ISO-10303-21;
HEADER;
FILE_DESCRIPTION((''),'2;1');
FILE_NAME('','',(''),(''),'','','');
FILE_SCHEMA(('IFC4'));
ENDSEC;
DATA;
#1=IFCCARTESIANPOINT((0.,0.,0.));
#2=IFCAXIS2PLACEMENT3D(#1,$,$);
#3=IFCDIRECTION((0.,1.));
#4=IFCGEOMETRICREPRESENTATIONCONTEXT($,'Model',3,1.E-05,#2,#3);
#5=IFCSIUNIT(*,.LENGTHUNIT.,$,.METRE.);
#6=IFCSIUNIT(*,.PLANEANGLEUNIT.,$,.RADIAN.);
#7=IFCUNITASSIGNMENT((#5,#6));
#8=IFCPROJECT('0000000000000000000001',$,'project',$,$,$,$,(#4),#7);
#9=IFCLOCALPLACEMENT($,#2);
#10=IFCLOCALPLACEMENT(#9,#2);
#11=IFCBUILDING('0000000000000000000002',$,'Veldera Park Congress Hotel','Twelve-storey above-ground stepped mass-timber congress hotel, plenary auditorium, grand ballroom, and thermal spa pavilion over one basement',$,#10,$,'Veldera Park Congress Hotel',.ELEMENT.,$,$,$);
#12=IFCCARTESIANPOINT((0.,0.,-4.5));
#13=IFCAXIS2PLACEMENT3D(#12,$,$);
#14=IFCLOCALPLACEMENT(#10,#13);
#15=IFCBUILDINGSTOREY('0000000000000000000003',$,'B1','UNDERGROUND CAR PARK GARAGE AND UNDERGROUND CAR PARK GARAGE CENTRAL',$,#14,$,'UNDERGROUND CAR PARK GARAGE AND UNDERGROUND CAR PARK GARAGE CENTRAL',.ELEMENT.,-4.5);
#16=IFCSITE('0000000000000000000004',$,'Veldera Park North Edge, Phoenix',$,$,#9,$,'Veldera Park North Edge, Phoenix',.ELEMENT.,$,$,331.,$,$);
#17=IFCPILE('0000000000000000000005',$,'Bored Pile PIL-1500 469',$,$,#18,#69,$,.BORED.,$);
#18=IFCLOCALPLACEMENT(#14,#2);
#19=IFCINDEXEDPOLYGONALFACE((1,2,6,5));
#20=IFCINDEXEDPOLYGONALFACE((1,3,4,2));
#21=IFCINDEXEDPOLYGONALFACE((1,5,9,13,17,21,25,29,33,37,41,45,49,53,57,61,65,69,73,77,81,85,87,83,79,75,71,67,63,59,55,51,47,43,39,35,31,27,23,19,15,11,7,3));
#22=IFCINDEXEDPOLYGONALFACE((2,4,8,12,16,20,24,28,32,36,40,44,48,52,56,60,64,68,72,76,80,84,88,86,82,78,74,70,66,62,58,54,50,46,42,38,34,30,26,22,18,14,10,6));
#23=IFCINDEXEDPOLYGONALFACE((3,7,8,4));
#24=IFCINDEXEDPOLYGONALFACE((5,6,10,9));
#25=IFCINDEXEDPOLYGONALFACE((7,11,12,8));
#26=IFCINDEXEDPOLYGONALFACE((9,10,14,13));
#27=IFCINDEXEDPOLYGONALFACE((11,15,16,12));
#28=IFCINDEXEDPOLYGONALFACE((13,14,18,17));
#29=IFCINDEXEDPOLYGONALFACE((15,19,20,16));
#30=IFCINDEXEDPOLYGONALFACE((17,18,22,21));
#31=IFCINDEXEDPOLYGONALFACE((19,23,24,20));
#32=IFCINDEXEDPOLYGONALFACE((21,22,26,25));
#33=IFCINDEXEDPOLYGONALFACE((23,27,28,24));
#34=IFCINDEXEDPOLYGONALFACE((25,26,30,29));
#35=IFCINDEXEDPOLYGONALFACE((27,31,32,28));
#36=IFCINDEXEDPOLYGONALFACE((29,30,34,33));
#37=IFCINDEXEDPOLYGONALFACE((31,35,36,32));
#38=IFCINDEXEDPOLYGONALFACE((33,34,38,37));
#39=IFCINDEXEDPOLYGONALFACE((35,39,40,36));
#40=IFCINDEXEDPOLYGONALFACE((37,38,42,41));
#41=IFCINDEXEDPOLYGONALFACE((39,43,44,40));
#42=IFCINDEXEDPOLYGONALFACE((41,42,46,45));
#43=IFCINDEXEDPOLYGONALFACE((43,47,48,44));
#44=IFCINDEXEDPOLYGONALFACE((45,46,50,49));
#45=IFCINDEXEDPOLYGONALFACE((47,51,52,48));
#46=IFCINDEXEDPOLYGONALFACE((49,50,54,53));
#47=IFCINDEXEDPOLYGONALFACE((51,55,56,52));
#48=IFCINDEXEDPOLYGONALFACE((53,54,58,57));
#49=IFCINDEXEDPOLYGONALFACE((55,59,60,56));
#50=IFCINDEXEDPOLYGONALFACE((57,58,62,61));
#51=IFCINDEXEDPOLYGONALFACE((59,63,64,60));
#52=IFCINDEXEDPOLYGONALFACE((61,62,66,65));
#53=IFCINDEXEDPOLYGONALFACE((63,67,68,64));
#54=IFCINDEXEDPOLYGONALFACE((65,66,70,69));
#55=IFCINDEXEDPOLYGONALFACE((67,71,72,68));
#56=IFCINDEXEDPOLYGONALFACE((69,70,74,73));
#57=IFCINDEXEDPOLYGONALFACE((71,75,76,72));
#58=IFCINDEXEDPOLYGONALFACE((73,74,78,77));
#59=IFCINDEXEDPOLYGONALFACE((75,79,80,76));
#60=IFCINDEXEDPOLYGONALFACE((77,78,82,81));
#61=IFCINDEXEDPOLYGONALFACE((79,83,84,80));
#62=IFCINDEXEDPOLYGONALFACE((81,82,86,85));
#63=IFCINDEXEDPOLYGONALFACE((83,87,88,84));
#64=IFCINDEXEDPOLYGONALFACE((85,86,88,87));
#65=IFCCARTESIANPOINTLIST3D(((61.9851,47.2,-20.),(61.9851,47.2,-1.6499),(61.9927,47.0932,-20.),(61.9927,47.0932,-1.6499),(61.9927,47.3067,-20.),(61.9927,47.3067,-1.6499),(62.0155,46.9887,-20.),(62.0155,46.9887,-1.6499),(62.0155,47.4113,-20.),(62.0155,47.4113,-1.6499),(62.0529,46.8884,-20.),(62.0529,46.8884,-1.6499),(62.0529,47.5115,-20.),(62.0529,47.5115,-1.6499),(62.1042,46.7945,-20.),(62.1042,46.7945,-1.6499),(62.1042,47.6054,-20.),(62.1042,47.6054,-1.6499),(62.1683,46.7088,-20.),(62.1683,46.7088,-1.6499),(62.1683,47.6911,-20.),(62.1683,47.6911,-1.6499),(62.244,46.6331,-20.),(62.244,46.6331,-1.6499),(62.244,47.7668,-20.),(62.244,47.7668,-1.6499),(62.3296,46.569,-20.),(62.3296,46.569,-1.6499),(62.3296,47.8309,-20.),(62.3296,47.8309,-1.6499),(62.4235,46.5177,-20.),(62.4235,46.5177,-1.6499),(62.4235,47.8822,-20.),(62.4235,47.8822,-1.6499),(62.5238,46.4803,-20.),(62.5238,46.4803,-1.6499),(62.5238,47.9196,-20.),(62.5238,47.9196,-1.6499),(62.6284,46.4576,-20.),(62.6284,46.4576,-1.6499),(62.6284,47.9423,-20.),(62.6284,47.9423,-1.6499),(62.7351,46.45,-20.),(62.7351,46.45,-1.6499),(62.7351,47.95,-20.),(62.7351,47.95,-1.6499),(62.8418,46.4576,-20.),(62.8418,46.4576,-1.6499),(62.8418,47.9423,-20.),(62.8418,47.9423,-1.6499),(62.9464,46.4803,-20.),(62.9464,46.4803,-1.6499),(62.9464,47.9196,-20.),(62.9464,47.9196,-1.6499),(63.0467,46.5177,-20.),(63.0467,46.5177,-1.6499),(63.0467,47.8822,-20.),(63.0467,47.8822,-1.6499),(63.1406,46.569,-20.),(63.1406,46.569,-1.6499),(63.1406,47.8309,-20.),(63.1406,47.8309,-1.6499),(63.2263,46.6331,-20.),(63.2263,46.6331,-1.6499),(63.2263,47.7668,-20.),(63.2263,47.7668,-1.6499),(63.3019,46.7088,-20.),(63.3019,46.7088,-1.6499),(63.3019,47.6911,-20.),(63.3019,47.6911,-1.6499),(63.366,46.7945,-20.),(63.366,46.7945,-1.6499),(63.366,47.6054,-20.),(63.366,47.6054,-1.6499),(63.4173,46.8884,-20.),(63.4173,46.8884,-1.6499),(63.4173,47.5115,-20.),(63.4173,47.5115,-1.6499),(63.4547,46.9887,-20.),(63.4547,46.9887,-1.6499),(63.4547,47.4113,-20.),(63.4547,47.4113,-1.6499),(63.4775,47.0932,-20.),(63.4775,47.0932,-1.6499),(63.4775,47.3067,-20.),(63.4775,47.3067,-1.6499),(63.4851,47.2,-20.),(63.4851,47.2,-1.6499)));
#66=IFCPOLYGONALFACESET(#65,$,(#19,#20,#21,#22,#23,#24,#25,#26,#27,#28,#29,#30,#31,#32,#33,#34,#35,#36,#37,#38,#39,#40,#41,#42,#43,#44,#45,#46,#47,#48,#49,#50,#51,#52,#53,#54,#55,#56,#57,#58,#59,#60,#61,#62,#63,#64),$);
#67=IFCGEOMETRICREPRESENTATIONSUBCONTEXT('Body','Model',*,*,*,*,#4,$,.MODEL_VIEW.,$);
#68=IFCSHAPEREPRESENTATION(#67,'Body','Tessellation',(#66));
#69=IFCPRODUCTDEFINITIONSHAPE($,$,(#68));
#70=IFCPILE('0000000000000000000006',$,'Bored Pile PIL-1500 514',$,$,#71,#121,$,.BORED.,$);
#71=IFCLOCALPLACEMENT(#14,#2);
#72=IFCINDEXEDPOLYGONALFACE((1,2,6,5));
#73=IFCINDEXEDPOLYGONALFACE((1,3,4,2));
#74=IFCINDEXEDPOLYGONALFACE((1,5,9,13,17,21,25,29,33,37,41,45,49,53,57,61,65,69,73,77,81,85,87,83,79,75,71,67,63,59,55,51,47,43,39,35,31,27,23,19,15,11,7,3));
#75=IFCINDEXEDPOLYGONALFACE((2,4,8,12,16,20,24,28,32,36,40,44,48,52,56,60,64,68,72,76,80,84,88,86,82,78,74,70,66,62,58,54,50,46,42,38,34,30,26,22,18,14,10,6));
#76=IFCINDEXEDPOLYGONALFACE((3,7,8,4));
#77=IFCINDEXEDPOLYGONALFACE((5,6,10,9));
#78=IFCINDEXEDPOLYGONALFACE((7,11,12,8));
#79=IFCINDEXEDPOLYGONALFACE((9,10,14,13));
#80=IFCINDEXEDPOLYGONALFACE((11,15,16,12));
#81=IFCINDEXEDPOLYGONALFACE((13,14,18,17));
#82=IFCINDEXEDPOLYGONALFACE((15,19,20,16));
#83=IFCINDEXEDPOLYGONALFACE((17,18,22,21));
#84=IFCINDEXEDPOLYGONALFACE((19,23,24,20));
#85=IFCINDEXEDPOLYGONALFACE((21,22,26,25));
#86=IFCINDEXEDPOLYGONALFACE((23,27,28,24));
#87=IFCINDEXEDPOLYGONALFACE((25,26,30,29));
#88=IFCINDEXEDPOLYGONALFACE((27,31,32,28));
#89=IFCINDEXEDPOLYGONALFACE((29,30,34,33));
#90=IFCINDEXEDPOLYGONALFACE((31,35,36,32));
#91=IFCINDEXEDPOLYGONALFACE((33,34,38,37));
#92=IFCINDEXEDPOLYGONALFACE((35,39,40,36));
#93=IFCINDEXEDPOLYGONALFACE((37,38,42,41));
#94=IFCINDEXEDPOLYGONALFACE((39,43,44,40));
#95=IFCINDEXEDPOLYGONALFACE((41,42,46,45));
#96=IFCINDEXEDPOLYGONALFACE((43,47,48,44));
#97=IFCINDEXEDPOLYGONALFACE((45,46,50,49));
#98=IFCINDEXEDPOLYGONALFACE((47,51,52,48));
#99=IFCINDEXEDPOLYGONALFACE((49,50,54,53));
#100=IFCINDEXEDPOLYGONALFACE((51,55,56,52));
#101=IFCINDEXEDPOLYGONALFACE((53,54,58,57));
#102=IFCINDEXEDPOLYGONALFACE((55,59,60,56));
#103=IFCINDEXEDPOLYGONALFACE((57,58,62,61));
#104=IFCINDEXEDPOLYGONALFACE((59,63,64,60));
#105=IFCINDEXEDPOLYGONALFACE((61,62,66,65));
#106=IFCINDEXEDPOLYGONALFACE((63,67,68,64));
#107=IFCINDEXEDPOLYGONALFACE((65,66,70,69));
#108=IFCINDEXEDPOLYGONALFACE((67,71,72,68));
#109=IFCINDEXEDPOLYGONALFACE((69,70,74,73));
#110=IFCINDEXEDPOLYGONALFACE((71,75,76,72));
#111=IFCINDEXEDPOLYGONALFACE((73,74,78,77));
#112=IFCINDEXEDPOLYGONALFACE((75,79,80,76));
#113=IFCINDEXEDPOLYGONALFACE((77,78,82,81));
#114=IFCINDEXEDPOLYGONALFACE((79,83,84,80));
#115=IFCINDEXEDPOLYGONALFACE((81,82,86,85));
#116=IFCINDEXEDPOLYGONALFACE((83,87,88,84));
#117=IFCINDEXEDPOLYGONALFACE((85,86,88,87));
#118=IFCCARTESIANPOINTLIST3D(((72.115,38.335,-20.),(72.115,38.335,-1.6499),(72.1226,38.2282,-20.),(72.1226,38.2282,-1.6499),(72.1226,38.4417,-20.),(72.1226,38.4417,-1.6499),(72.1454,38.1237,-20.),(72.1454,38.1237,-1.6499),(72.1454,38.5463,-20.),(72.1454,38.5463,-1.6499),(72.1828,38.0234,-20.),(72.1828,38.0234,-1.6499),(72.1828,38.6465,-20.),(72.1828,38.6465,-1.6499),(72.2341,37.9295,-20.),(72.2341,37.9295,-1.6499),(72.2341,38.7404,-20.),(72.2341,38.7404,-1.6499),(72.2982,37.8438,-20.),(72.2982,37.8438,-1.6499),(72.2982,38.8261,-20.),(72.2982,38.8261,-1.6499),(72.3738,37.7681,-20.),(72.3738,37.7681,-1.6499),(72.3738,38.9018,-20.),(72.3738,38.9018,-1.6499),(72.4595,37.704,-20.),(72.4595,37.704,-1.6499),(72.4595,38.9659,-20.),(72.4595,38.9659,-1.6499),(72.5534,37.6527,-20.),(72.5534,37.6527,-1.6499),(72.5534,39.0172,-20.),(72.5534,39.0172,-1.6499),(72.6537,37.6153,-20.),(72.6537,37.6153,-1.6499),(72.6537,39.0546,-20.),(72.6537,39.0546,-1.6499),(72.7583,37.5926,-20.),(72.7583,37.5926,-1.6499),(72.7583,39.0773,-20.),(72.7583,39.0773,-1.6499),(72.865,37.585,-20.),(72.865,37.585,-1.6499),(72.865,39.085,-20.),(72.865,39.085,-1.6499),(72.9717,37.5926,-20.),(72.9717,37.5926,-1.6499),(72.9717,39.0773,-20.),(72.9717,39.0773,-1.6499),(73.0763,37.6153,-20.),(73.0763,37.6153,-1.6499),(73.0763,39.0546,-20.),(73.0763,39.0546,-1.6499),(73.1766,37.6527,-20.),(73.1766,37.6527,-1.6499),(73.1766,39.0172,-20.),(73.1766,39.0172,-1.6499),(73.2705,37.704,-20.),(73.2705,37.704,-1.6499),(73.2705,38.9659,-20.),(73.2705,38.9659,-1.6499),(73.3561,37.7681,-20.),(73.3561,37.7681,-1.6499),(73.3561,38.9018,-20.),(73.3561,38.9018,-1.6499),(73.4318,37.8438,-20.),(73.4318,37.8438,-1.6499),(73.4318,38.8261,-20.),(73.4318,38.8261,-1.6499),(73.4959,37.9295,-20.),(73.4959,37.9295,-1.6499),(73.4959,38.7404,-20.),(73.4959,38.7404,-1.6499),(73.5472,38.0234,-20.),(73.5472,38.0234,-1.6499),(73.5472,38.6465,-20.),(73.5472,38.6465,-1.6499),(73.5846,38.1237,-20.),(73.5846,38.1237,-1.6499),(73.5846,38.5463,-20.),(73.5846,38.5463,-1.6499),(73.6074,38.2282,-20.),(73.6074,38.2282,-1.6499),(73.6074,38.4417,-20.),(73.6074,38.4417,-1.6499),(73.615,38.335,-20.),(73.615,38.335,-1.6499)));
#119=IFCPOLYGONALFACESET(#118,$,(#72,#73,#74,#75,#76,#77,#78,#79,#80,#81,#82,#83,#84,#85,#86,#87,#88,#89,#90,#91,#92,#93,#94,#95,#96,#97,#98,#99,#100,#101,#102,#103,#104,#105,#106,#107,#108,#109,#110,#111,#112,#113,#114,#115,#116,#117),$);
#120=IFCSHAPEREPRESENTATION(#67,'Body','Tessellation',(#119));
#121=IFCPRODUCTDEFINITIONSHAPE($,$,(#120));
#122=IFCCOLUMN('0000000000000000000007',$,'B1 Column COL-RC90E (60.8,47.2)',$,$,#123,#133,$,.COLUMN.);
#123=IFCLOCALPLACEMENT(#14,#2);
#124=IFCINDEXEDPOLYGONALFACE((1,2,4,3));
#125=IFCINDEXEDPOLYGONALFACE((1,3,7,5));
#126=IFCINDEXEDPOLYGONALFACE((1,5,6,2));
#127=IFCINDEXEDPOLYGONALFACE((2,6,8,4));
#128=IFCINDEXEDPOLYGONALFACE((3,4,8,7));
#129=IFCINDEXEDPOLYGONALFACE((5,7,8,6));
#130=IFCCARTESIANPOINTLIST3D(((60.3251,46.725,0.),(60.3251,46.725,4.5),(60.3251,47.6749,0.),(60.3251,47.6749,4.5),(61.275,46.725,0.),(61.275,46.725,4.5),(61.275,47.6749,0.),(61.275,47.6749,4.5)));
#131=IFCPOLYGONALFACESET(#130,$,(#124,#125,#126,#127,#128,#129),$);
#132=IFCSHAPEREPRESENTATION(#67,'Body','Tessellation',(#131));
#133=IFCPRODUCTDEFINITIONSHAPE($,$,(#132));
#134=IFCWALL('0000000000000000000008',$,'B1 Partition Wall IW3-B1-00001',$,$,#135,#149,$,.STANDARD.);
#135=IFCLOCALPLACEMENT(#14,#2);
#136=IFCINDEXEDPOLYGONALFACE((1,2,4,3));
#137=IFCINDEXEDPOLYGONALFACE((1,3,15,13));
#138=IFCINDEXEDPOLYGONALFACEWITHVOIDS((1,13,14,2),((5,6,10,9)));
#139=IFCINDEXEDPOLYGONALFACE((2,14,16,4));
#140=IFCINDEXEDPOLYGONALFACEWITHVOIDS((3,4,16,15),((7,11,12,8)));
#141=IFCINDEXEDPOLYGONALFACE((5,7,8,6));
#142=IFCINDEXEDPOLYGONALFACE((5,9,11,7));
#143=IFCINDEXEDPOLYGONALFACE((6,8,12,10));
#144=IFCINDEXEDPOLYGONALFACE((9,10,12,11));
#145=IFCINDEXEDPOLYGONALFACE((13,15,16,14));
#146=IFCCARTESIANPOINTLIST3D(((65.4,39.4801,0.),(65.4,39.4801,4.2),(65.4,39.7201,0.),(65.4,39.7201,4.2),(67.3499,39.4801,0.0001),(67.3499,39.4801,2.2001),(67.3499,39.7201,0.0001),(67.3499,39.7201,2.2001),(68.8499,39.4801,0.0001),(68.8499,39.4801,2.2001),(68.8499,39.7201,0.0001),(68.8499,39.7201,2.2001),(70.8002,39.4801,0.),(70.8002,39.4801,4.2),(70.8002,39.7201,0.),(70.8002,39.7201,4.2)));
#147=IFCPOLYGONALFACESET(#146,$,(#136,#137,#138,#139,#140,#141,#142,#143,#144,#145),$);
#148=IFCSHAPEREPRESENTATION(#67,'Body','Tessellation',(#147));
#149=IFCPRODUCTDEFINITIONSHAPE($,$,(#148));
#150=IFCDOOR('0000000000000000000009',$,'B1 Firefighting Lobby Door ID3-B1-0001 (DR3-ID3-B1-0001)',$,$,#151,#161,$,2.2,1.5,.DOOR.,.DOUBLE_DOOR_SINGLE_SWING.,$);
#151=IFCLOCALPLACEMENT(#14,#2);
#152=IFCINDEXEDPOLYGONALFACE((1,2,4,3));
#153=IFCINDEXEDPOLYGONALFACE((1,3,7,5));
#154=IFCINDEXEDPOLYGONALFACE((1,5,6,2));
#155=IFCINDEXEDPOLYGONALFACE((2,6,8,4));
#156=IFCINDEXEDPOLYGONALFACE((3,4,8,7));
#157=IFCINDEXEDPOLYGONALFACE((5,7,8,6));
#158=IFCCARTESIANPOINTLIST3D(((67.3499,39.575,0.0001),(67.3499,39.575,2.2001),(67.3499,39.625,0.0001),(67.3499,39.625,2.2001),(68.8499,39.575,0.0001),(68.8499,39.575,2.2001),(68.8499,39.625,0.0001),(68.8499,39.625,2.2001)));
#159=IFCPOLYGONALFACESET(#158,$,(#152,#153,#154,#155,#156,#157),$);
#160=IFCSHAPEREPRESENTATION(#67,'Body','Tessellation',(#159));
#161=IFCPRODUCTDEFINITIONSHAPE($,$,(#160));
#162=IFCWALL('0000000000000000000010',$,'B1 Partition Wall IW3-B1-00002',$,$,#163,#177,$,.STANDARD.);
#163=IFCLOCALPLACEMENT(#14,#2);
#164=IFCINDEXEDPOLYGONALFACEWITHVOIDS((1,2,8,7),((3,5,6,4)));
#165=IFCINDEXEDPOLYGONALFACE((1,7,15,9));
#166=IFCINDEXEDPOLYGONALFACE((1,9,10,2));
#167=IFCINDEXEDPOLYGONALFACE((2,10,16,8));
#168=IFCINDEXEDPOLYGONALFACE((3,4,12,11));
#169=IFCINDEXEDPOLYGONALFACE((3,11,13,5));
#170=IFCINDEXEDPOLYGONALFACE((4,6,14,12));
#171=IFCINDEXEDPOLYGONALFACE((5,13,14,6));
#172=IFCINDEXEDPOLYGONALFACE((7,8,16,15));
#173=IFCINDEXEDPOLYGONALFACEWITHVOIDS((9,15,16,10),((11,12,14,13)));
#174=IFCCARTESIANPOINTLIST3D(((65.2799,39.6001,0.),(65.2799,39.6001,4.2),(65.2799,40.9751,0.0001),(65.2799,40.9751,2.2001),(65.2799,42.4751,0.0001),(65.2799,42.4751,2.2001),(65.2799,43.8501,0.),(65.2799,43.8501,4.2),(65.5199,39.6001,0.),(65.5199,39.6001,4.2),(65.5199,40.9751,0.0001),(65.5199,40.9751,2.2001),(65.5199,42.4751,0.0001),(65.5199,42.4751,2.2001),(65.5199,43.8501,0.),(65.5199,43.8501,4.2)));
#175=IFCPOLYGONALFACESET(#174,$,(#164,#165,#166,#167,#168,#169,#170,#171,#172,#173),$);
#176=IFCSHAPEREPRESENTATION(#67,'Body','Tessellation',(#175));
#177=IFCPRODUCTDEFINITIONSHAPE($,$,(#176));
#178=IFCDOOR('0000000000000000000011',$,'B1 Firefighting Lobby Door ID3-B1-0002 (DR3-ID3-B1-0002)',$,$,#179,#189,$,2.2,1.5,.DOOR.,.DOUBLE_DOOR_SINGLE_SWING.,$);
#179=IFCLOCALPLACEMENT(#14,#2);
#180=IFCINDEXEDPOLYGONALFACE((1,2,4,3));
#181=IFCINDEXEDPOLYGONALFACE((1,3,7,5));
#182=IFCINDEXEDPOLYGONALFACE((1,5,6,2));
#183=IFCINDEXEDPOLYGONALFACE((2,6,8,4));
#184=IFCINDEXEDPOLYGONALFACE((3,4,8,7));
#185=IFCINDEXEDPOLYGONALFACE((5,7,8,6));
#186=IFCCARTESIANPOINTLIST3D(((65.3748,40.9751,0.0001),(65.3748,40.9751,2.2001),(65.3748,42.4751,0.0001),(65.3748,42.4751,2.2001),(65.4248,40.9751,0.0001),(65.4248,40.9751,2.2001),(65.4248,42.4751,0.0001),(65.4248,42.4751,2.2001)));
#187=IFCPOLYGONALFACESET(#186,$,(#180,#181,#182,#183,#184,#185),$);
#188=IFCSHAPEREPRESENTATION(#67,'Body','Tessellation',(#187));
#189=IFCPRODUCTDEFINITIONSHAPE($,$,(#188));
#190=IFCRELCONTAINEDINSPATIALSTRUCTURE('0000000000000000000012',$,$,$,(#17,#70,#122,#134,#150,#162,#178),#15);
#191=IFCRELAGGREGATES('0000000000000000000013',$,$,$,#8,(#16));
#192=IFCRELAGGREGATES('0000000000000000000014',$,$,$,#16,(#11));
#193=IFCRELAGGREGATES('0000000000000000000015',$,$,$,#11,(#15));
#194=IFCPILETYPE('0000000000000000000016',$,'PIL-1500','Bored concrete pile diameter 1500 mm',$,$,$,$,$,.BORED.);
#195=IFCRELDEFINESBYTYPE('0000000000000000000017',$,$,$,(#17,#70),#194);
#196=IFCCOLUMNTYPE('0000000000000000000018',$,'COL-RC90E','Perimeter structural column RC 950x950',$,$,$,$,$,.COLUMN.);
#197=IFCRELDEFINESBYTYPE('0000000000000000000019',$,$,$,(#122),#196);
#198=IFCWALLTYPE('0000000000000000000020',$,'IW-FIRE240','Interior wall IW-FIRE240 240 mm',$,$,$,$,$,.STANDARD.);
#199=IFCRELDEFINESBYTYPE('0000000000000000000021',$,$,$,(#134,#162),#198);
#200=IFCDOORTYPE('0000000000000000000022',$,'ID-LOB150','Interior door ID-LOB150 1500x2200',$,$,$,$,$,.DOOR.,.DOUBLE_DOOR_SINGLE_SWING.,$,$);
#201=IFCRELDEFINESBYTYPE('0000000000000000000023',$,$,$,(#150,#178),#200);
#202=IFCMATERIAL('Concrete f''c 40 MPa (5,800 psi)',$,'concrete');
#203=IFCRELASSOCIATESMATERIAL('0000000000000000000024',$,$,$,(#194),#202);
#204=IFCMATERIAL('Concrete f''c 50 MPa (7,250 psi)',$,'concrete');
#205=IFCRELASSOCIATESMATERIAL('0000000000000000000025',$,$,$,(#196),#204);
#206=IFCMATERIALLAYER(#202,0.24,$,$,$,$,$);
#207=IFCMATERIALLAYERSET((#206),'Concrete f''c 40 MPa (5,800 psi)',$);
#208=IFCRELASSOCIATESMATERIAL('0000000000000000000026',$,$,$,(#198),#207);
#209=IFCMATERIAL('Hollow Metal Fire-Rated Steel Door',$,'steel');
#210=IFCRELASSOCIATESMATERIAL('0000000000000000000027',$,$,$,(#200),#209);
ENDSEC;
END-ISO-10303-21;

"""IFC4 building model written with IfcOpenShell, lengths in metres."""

from ifc_helpers import new_model, si_unit, direction, frame, frame_2d, origin, origin_2d, place, context, subcontext, project, spatial, rectangle, circle, extrude, material, layer, layer_set, material_profile, profile_set, type_object, element, fill, save


model = new_model("IFC4")

# Units and contexts
model_context = context("Model", 3, precision=1e-05, world=origin(), true_north=direction((0.0, 1.0)))
body_context = subcontext(model_context, "Body", "Model", "MODEL_VIEW")
ifc_project = project(units=[si_unit("LENGTHUNIT", "METRE"), si_unit("PLANEANGLEUNIT", "RADIAN")], contexts=[model_context])

# Site, building, storey
site_placement = place(None, origin())
site = spatial("IfcSite", under=ifc_project, at=site_placement, Name="Veldera Park North Edge, Phoenix", LongName="Veldera Park North Edge, Phoenix", CompositionType="ELEMENT", RefElevation=331.0)
building_placement = place(site_placement, origin())
building = spatial("IfcBuilding", under=site, at=building_placement, Name="Veldera Park Congress Hotel", Description="Twelve-storey above-ground stepped mass-timber congress hotel, plenary auditorium, grand ballroom, and thermal spa pavilion over one basement", LongName="Veldera Park Congress Hotel", CompositionType="ELEMENT")
storey_placement = place(building_placement, frame((0.0, 0.0, -4.5)))
storey = spatial("IfcBuildingStorey", under=building, at=storey_placement, Name="B1", Description="UNDERGROUND CAR PARK GARAGE AND UNDERGROUND CAR PARK GARAGE CENTRAL", LongName="UNDERGROUND CAR PARK GARAGE AND UNDERGROUND CAR PARK GARAGE CENTRAL", CompositionType="ELEMENT", Elevation=-4.5)

# Shared definitions
ifc_material_1 = material(Name="Concrete f'c 40 MPa (5,800 psi)", Category="concrete")

# Piles
ifc_material_profile_1 = material_profile(ifc_material_1, circle(Radius=0.75, at=origin_2d()), Name="PILE D1500")
ifc_profile_set_1 = profile_set([ifc_material_profile_1], Name="Concrete f'c 40 MPa (5,800 psi)")
pile_type = type_object("IfcPileType", Name="PIL-1500", Description="Bored concrete pile diameter 1500 mm", PredefinedType="BORED", material=ifc_profile_set_1)
for number, where, z_axis, x_axis, name in (
    (1, (62.7351, 47.2, -1.6499), (0.0, 0.0, -1.0), (1.0, 0.0, 0.0), "Bored Pile PIL-1500 469"),
    (2, (72.865, 38.335, -1.6499), (0.0, 0.0, -1.0), (1.0, 0.0, 0.0), "Bored Pile PIL-1500 514"),
):
    element("IfcPile", number, at=place(storey_placement, frame(where, z_axis=z_axis, x_axis=x_axis)), inside=storey, type_object=pile_type, Name=name, PredefinedType="BORED", context=body_context, shape_type="SweptSolid", body=[
        extrude(circle(Radius=0.75, at=origin_2d()), origin(), (0.0, 0.0, 1.0), 18.3501),
    ])

# Column
ifc_material_2 = material(Name="Concrete f'c 50 MPa (7,250 psi)", Category="concrete")
ifc_material_profile_2 = material_profile(ifc_material_2, rectangle(XDim=0.95, YDim=0.95, at=origin_2d()), Name="RC 950x950")
ifc_profile_set_2 = profile_set([ifc_material_profile_2], Name="Concrete f'c 50 MPa (7,250 psi)")
column_type = type_object("IfcColumnType", Name="COL-RC90E", Description="Perimeter structural column RC 950x950", PredefinedType="COLUMN", material=ifc_profile_set_2)
column_placement = place(storey_placement, frame((60.8, 47.2, 0.0), z_axis=(0.0, 0.0, 1.0), x_axis=(1.0, 0.0, 0.0)))
element("IfcColumn", 3, at=column_placement, inside=storey, type_object=column_type, Name="B1 Column COL-RC90E (60.8,47.2)", PredefinedType="COLUMN", context=body_context, shape_type="SweptSolid", body=[
    extrude(rectangle(XDim=0.95, YDim=0.95, at=origin_2d()), origin(), (0.0, 0.0, 1.0), 4.5),
])

# Walls, openings, doors
ifc_layer_1 = layer(ifc_material_1, 0.24)
ifc_layer_set_1 = layer_set([ifc_layer_1], Name="Concrete f'c 40 MPa (5,800 psi)")
wall_type_1 = type_object("IfcWallType", Name="IW-FIRE240", Description="Interior wall IW-FIRE240 240 mm", PredefinedType="STANDARD", material=ifc_layer_set_1)
wall_1_placement = place(storey_placement, frame((65.3999, 39.6001, 0.0), z_axis=(0.0, 0.0, 1.0), x_axis=(1.0, 0.0, 0.0)))
wall_1 = element("IfcWall", 4, at=wall_1_placement, inside=storey, type_object=wall_type_1, Name="B1 Partition Wall IW3-B1-00001", PredefinedType="STANDARD", context=body_context, shape_type="SweptSolid", body=[
    extrude(rectangle(XDim=5.4001, YDim=0.24, at=frame_2d((2.7002, 0.0))), origin(), (0.0, 0.0, 1.0), 4.2),
])
opening_1_placement = place(wall_1_placement, frame((1.95, 0.0, 0.0)))
opening_1 = element("IfcOpeningElement", 5, at=opening_1_placement, cuts=wall_1, PredefinedType="OPENING", context=body_context, shape_type="SweptSolid", body=[
    extrude(rectangle(XDim=1.5, YDim=2.2, at=frame_2d((0.75, 1.1001))), frame((0.0, 0.1321, 0.0), z_axis=(0.0, -1.0, 0.0), x_axis=(1.0, 0.0, 0.0)), (0.0, 0.0, 1.0), 0.2639),
])
ifc_material_3 = material(Name="Hollow Metal Fire-Rated Steel Door", Category="steel")
door_type_1 = type_object("IfcDoorType", Name="ID-LOB150", Description="Interior door ID-LOB150 1500x2200", OperationType="DOUBLE_DOOR_SINGLE_SWING", PredefinedType="DOOR", material=ifc_material_3)
door_1_placement = place(opening_1_placement, origin())
door_1 = element("IfcDoor", 6, at=door_1_placement, inside=storey, type_object=door_type_1, Name="B1 Firefighting Lobby Door ID3-B1-0001 (DR3-ID3-B1-0001)", OperationType="DOUBLE_DOOR_SINGLE_SWING", OverallHeight=2.2, OverallWidth=1.5, PredefinedType="DOOR", context=body_context, shape_type="SweptSolid", body=[
    extrude(rectangle(XDim=1.5, YDim=2.2, at=frame_2d((0.75, 1.1001))), frame((0.0, 0.0249, 0.0), z_axis=(0.0, -1.0, 0.0), x_axis=(1.0, 0.0, 0.0)), (0.0, 0.0, 1.0), 0.05),
])
fill(opening_1, door_1)
wall_2_placement = place(storey_placement, frame((65.3999, 43.8501, 0.0), z_axis=(0.0, 0.0, 1.0), x_axis=(0.0, -1.0, 0.0)))
wall_2 = element("IfcWall", 7, at=wall_2_placement, inside=storey, type_object=wall_type_1, Name="B1 Partition Wall IW3-B1-00002", PredefinedType="STANDARD", context=body_context, shape_type="SweptSolid", body=[
    extrude(rectangle(XDim=4.25, YDim=0.24, at=frame_2d((2.125, 0.0))), origin(), (0.0, 0.0, 1.0), 4.2),
])
opening_2_placement = place(wall_2_placement, frame((1.375, 0.0, 0.0)))
opening_2 = element("IfcOpeningElement", 8, at=opening_2_placement, cuts=wall_2, PredefinedType="OPENING", context=body_context, shape_type="SweptSolid", body=[
    extrude(rectangle(XDim=1.5, YDim=2.2, at=frame_2d((0.75, 1.1001))), frame((0.0, 0.1321, 0.0), z_axis=(0.0, -1.0, 0.0), x_axis=(1.0, 0.0, 0.0)), (0.0, 0.0, 1.0), 0.2639),
])
door_2_placement = place(opening_2_placement, origin())
door_2 = element("IfcDoor", 9, at=door_2_placement, inside=storey, type_object=door_type_1, Name="B1 Firefighting Lobby Door ID3-B1-0002 (DR3-ID3-B1-0002)", OperationType="DOUBLE_DOOR_SINGLE_SWING", OverallHeight=2.2, OverallWidth=1.5, PredefinedType="DOOR", context=body_context, shape_type="SweptSolid", body=[
    extrude(rectangle(XDim=1.5, YDim=2.2, at=frame_2d((0.75, 1.1001))), frame((0.0, 0.0249, 0.0), z_axis=(0.0, -1.0, 0.0), x_axis=(1.0, 0.0, 0.0)), (0.0, 0.0, 1.0), 0.05),
])
fill(opening_2, door_2)

save(model, "model.ifc")
